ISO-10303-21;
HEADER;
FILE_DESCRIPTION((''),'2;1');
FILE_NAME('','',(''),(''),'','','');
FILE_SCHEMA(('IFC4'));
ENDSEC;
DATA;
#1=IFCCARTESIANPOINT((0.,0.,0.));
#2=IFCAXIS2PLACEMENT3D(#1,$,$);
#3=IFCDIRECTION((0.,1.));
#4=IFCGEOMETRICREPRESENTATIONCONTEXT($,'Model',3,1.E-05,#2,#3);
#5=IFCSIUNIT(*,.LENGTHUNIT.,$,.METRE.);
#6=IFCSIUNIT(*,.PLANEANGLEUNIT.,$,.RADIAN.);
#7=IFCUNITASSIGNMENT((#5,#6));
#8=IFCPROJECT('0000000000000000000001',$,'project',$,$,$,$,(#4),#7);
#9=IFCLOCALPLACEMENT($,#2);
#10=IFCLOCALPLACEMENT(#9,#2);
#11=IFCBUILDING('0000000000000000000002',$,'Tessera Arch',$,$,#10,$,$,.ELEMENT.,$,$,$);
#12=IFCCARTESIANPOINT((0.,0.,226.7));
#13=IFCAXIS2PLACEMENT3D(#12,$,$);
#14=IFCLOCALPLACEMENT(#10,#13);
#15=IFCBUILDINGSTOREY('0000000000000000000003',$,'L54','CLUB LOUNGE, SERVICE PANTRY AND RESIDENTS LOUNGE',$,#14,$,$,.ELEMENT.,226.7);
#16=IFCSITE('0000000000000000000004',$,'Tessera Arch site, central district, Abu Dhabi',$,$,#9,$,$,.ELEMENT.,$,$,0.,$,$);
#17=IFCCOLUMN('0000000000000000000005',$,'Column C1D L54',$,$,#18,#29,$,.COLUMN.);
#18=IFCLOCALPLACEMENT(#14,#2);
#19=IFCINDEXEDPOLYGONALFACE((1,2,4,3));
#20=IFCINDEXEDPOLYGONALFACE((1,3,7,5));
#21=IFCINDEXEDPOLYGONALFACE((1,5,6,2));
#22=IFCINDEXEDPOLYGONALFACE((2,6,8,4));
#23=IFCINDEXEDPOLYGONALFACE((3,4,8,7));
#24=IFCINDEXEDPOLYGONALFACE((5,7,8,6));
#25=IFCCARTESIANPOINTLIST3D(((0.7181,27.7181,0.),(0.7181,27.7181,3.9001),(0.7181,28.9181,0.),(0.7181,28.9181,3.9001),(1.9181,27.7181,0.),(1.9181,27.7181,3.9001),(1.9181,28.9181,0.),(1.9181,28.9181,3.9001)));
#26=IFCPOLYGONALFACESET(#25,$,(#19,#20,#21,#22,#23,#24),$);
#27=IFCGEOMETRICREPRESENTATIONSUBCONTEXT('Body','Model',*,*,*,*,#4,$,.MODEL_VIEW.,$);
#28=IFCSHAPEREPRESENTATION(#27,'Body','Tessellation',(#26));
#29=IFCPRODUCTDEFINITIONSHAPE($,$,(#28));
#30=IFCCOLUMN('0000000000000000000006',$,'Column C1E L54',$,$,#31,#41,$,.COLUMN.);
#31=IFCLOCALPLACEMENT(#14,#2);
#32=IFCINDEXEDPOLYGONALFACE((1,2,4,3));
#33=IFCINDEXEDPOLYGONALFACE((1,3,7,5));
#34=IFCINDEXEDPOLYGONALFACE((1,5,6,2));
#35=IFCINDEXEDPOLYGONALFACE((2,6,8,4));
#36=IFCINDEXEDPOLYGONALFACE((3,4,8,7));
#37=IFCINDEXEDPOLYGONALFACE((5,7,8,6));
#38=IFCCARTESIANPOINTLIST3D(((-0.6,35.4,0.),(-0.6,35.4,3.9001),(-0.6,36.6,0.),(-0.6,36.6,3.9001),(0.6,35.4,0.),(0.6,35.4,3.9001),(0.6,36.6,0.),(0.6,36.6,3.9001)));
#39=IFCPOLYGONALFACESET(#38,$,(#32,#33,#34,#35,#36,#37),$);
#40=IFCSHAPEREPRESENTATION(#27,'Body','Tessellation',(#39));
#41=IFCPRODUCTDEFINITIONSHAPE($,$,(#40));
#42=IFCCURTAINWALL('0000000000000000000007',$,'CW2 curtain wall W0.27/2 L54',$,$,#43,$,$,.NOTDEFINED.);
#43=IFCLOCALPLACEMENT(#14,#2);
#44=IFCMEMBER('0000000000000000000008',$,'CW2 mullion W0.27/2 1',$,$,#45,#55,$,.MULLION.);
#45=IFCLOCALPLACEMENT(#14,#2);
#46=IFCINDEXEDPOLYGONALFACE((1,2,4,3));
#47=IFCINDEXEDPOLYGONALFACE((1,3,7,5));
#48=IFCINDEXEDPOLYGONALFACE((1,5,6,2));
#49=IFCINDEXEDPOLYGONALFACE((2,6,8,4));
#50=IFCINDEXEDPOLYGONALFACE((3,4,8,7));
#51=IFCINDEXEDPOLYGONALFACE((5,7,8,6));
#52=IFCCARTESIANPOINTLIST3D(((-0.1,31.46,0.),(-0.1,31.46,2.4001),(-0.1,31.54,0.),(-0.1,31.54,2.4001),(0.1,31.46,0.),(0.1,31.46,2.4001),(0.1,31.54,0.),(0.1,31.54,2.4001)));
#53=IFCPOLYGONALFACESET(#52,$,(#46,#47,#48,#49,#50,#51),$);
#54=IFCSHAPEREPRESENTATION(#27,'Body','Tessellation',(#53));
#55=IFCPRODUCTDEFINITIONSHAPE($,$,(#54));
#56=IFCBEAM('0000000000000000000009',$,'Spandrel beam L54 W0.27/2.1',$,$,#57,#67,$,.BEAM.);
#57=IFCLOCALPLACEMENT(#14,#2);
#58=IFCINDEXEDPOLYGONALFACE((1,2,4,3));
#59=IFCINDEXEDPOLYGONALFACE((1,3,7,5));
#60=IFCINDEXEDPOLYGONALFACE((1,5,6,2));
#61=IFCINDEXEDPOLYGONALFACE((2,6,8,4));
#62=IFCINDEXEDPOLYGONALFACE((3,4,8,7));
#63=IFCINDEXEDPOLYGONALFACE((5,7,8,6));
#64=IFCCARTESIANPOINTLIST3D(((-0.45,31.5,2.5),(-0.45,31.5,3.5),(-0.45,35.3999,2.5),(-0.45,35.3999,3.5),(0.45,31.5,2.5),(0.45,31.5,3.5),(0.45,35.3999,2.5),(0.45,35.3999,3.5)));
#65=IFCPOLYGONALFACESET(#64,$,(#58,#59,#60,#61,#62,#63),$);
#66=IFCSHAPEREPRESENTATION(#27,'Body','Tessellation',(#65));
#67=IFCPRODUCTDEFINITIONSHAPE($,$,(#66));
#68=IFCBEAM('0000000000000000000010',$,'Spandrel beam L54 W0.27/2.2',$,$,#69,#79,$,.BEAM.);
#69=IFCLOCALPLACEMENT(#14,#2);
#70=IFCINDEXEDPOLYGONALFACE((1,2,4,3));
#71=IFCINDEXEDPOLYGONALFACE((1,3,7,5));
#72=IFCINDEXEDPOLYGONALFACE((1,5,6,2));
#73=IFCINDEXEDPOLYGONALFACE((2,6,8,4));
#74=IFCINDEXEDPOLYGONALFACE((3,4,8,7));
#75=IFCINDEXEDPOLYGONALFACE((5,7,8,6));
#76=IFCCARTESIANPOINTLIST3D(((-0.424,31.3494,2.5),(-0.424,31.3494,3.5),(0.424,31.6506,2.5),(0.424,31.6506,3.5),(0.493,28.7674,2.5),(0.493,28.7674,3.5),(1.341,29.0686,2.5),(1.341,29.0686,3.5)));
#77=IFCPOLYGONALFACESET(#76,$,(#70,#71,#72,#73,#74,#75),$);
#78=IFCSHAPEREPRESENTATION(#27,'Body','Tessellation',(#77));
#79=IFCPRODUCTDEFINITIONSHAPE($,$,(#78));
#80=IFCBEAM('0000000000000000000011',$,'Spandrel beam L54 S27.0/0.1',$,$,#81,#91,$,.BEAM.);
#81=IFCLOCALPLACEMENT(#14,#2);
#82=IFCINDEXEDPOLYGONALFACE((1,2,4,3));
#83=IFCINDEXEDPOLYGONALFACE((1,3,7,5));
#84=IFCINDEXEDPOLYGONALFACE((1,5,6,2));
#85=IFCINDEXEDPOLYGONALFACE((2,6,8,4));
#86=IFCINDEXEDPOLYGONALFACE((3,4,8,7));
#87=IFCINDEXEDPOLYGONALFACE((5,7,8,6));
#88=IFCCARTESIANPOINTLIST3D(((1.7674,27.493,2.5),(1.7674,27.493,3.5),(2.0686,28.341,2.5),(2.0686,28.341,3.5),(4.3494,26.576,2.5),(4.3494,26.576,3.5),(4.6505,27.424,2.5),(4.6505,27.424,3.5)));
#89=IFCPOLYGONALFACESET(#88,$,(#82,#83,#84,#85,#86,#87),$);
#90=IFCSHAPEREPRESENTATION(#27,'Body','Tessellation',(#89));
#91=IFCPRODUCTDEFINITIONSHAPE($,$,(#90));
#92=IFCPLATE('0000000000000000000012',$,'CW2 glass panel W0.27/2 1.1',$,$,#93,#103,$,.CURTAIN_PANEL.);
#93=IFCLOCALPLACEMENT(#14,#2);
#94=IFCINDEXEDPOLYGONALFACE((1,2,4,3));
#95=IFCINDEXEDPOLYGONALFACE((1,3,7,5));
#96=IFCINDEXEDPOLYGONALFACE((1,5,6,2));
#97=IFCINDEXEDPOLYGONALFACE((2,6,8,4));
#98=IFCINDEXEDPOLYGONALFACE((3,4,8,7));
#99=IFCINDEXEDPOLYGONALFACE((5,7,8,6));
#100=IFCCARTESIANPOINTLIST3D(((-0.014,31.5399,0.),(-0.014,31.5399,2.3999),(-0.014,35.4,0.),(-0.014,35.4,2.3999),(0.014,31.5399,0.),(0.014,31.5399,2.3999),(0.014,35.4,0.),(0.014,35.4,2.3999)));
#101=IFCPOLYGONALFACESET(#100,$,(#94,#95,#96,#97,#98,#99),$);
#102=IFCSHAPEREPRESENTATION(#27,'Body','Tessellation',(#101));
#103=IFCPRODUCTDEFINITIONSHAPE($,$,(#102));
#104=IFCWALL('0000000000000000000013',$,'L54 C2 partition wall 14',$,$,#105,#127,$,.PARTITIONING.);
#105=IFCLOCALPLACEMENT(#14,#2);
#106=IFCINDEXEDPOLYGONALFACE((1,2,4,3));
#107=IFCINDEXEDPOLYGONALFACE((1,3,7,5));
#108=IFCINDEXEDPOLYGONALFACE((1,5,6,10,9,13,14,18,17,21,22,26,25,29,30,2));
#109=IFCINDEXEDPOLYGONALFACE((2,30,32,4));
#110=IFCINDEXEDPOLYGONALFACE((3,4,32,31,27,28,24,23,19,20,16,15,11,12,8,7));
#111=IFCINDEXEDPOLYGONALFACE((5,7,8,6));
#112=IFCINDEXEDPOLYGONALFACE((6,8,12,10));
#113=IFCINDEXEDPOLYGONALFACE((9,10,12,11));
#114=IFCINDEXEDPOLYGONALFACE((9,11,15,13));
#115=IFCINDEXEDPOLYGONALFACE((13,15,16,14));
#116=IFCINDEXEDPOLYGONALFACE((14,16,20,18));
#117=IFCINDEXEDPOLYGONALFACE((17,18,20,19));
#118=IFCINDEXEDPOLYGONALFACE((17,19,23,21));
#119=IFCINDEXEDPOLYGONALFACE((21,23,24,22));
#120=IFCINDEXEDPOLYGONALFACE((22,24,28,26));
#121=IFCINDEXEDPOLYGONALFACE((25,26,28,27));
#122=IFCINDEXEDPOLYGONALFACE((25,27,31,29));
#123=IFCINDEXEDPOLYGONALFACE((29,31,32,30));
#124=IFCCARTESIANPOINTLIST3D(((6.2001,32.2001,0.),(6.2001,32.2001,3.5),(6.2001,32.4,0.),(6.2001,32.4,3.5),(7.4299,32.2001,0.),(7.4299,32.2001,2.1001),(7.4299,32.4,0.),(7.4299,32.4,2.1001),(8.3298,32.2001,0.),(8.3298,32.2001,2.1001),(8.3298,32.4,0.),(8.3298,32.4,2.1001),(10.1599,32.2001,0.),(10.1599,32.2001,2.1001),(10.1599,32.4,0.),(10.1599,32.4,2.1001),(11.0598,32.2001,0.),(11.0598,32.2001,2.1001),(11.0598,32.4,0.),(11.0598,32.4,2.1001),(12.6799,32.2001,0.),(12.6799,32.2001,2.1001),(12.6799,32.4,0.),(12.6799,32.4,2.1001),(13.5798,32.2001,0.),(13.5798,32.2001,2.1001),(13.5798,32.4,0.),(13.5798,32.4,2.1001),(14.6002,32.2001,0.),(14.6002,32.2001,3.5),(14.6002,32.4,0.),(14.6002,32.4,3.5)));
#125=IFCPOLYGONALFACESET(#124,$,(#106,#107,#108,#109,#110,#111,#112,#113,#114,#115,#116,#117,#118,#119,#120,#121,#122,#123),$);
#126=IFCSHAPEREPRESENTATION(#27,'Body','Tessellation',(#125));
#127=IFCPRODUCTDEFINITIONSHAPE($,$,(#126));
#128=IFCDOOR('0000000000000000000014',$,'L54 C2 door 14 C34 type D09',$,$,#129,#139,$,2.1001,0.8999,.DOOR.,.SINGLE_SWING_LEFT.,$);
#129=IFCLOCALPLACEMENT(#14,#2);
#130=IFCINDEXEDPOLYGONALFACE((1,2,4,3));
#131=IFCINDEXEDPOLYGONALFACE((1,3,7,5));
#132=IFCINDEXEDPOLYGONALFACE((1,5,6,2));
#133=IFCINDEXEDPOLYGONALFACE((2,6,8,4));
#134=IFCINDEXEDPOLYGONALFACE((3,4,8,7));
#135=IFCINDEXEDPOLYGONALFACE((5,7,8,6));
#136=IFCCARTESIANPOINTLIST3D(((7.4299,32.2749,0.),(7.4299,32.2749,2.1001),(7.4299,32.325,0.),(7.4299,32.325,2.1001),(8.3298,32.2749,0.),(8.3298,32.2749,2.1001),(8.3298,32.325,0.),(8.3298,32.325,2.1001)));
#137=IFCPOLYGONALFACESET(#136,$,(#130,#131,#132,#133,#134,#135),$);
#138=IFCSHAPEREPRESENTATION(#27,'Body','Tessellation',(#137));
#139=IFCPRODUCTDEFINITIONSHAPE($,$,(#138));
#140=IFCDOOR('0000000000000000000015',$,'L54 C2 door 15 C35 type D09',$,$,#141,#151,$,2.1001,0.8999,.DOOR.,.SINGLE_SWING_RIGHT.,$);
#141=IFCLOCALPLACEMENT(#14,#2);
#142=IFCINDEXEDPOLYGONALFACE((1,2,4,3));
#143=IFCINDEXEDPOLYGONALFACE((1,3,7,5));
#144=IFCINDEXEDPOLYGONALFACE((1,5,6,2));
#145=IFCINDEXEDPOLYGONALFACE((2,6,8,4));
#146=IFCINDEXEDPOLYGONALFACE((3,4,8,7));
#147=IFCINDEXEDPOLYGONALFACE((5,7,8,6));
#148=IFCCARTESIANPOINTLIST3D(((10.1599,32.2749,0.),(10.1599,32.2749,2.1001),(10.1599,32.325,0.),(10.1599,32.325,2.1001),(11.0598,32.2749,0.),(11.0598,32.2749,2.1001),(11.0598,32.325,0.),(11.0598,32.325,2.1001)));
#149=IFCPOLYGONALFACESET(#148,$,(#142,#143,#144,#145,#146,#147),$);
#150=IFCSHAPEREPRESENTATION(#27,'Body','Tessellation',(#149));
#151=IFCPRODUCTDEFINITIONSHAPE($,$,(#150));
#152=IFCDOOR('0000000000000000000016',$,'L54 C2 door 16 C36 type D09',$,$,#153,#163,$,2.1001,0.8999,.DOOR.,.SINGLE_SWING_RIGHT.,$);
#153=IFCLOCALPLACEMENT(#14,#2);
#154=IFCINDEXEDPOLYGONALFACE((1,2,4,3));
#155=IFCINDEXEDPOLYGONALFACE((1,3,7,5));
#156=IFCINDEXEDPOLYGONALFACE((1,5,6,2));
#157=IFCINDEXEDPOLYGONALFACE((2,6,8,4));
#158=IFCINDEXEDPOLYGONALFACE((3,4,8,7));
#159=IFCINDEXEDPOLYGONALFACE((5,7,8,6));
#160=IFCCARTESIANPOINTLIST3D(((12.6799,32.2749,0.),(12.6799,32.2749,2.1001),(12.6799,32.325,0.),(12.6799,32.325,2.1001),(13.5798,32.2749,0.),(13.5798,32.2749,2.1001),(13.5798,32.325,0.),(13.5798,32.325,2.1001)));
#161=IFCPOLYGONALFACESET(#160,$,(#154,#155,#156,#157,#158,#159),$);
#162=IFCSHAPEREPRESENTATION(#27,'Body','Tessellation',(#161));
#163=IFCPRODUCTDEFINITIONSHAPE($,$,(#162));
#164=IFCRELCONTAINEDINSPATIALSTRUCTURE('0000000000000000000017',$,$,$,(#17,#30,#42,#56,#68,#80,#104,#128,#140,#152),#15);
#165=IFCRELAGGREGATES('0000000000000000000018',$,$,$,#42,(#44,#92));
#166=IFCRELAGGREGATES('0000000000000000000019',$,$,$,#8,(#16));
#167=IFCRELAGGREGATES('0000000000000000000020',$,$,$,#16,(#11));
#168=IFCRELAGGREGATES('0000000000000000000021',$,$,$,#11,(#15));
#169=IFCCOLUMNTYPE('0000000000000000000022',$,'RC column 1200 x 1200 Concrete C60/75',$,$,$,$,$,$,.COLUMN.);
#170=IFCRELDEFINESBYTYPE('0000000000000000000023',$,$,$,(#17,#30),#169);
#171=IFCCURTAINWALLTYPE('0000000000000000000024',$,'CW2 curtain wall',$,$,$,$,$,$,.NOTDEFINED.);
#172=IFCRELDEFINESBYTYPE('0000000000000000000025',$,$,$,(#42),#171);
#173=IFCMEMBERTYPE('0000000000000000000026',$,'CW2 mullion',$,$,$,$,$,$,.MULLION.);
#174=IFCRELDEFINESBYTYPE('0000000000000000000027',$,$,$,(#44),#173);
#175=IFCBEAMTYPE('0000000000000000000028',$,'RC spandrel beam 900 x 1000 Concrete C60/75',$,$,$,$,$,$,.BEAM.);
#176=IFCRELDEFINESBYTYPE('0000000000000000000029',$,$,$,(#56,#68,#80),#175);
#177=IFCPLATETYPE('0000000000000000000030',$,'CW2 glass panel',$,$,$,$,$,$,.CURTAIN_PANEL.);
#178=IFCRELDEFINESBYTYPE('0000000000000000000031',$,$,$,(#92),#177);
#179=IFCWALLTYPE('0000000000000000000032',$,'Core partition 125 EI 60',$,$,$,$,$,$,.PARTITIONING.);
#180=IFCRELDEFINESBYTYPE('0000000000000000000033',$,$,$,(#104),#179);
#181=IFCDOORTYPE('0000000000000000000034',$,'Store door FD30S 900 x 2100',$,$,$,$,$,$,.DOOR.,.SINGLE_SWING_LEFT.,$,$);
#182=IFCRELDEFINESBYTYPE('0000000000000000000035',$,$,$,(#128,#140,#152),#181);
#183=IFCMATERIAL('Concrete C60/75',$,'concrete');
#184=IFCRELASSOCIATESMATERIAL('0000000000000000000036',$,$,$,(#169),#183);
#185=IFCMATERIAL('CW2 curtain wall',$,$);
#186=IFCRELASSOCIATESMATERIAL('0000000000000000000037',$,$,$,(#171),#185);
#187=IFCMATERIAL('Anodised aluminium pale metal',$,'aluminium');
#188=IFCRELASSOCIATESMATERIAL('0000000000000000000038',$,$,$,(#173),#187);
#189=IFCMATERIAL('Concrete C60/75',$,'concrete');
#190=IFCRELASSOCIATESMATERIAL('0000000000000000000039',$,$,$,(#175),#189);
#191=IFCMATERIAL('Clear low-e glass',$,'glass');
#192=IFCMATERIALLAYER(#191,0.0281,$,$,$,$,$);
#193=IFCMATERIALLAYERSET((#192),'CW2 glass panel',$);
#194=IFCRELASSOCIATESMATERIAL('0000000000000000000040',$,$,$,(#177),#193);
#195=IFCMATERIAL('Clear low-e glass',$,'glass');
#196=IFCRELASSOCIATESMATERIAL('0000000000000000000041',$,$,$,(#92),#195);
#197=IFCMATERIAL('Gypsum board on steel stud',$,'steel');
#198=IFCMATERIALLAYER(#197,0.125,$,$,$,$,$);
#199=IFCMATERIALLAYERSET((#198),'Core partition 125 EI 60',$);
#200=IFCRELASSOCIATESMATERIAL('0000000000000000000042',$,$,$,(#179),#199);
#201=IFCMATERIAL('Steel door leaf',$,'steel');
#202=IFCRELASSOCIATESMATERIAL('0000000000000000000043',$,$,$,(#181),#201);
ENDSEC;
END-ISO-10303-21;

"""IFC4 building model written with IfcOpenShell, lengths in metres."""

from ifc_helpers import new_model, si_unit, direction, frame, frame_2d, origin, origin_2d, place, context, subcontext, project, spatial, rectangle, extrude, material, layer, layer_set, material_profile, profile_set, type_object, element, fill, aggregate, save


model = new_model("IFC4")

# Units and contexts
model_context = context("Model", 3, precision=1e-05, world=origin(), true_north=direction((0.0, 1.0)))
body_context = subcontext(model_context, "Body", "Model", "MODEL_VIEW")
ifc_project = project(units=[si_unit("LENGTHUNIT", "METRE"), si_unit("PLANEANGLEUNIT", "RADIAN")], contexts=[model_context])

# Site, building, storey
site_placement = place(None, origin())
site = spatial("IfcSite", under=ifc_project, at=site_placement, Name="Tessera Arch site, central district, Abu Dhabi", CompositionType="ELEMENT", RefElevation=0.0)
building_placement = place(site_placement, origin())
building = spatial("IfcBuilding", under=site, at=building_placement, Name="Tessera Arch", CompositionType="ELEMENT")
storey_placement = place(building_placement, frame((0.0, 0.0, 226.7)))
storey = spatial("IfcBuildingStorey", under=building, at=storey_placement, Name="L54", Description="CLUB LOUNGE, SERVICE PANTRY AND RESIDENTS LOUNGE", CompositionType="ELEMENT", Elevation=226.7)

# Columns
ifc_material_1 = material(Name="Concrete C60/75", Category="concrete")
ifc_material_profile_1 = material_profile(ifc_material_1, rectangle(XDim=1.2, YDim=1.2, at=origin_2d()), Name="RC column 1200 x 1200 Concrete C60/75")
ifc_profile_set_1 = profile_set([ifc_material_profile_1], Name="Concrete C60/75")
column_type = type_object("IfcColumnType", Name="RC column 1200 x 1200 Concrete C60/75", PredefinedType="COLUMN", material=ifc_profile_set_1)
for number, where, z_axis, x_axis, name in (
    (1, (1.3181, 28.3181, 0.0), (0.0, 0.0, 1.0), (1.0, 0.0, 0.0), "Column C1D L54"),
    (2, (0.0, 36.0, 0.0), (0.0, 0.0, 1.0), (1.0, 0.0, 0.0), "Column C1E L54"),
):
    element("IfcColumn", number, at=place(storey_placement, frame(where, z_axis=z_axis, x_axis=x_axis)), inside=storey, type_object=column_type, Name=name, PredefinedType="COLUMN", context=body_context, shape_type="SweptSolid", body=[
        extrude(rectangle(XDim=1.2, YDim=1.2, at=origin_2d()), origin(), (0.0, 0.0, 1.0), 3.9001),
    ])

# Curtain wall, member
ifc_material_2 = material(Name="CW2 curtain wall")
curtain_wall_type = type_object("IfcCurtainWallType", Name="CW2 curtain wall", PredefinedType="NOTDEFINED", material=ifc_material_2)
curtain_wall_placement = place(storey_placement, origin())
curtain_wall = element("IfcCurtainWall", 3, at=curtain_wall_placement, inside=storey, type_object=curtain_wall_type, Name="CW2 curtain wall W0.27/2 L54", PredefinedType="NOTDEFINED")
ifc_material_3 = material(Name="Anodised aluminium pale metal", Category="aluminium")
ifc_material_profile_2 = material_profile(ifc_material_3, rectangle(XDim=0.2, YDim=0.0801, at=origin_2d()), Name="AL 80x200")
ifc_profile_set_2 = profile_set([ifc_material_profile_2], Name="Anodised aluminium pale metal")
member_type = type_object("IfcMemberType", Name="CW2 mullion", PredefinedType="MULLION", material=ifc_profile_set_2)
member_placement = place(storey_placement, frame((0.0, 31.5, 0.0), z_axis=(0.0, 0.0, 1.0), x_axis=(1.0, 0.0, 0.0)))
member = element("IfcMember", 4, at=member_placement, type_object=member_type, Name="CW2 mullion W0.27/2 1", PredefinedType="MULLION", context=body_context, shape_type="SweptSolid", body=[
    extrude(rectangle(XDim=0.2, YDim=0.0801, at=origin_2d()), origin(), (0.0, 0.0, 1.0), 2.4001),
])

# Beams
ifc_material_4 = material(Name="Concrete C60/75", Category="concrete")
ifc_material_profile_3 = material_profile(ifc_material_4, rectangle(XDim=0.8999, YDim=1.0, at=origin_2d()), Name="RC spandrel beam 900 x 1000 Concrete C60/75")
ifc_profile_set_3 = profile_set([ifc_material_profile_3], Name="Concrete C60/75")
beam_type = type_object("IfcBeamType", Name="RC spandrel beam 900 x 1000 Concrete C60/75", PredefinedType="BEAM", material=ifc_profile_set_3)
beam_placement = place(storey_placement, frame((0.0, 35.3999, 3.0), z_axis=(0.0, -1.0, 0.0), x_axis=(1.0, 0.0, 0.0)))
element("IfcBeam", 5, at=beam_placement, inside=storey, type_object=beam_type, Name="Spandrel beam L54 W0.27/2.1", PredefinedType="BEAM", context=body_context, shape_type="SweptSolid", body=[
    extrude(rectangle(XDim=0.8999, YDim=1.0, at=origin_2d()), origin(), (0.0, 0.0, 1.0), 3.8999),
])
for number, where, z_axis, x_axis, name in (
    (6, (0.0, 31.5, 3.0), (0.334665, -0.942337, 0.0), (0.942337, 0.334665, 0.0), "Spandrel beam L54 W0.27/2.2"),
    (7, (1.918, 27.917, 3.0), (0.942337, -0.334665, 0.0), (0.334665, 0.942337, 0.0), "Spandrel beam L54 S27.0/0.1"),
):
    element("IfcBeam", number, at=place(storey_placement, frame(where, z_axis=z_axis, x_axis=x_axis)), inside=storey, type_object=beam_type, Name=name, PredefinedType="BEAM", context=body_context, shape_type="SweptSolid", body=[
        extrude(rectangle(XDim=0.8999, YDim=1.0, at=origin_2d()), origin(), (0.0, 0.0, 1.0), 2.74),
    ])

# Plate
ifc_material_5 = material(Name="Clear low-e glass", Category="glass")
ifc_material_6 = material(Name="Clear low-e glass", Category="glass")
ifc_layer_1 = layer(ifc_material_6, 0.0281)
ifc_layer_set_1 = layer_set([ifc_layer_1], Name="CW2 glass panel")
plate_type = type_object("IfcPlateType", Name="CW2 glass panel", PredefinedType="CURTAIN_PANEL", material=ifc_layer_set_1)
plate_placement = place(storey_placement, frame((0.0, 33.47, 0.0), z_axis=(0.0, 0.0, 1.0), x_axis=(0.0, -1.0, 0.0)))
plate = element("IfcPlate", 8, at=plate_placement, type_object=plate_type, material=ifc_material_5, Name="CW2 glass panel W0.27/2 1.1", PredefinedType="CURTAIN_PANEL", context=body_context, shape_type="SweptSolid", body=[
    extrude(rectangle(XDim=3.8601, YDim=0.0281, at=origin_2d()), origin(), (0.0, 0.0, 1.0), 2.3999),
])
aggregate(curtain_wall, [member, plate])

# Wall, openings, doors
ifc_material_7 = material(Name="Gypsum board on steel stud", Category="steel")
ifc_layer_2 = layer(ifc_material_7, 0.125)
ifc_layer_set_2 = layer_set([ifc_layer_2], Name="Core partition 125 EI 60")
wall_type_1 = type_object("IfcWallType", Name="Core partition 125 EI 60", PredefinedType="PARTITIONING", material=ifc_layer_set_2)
wall_1_placement = place(storey_placement, frame((6.2, 32.3, 0.0), z_axis=(0.0, 0.0, 1.0), x_axis=(1.0, 0.0, 0.0)))
wall_1 = element("IfcWall", 9, at=wall_1_placement, inside=storey, type_object=wall_type_1, Name="L54 C2 partition wall 14", PredefinedType="PARTITIONING", context=body_context, shape_type="SweptSolid", body=[
    extrude(rectangle(XDim=8.4001, YDim=0.2, at=frame_2d((4.2002, 0.0))), origin(), (0.0, 0.0, 1.0), 3.5),
])
opening_1_placement = place(wall_1_placement, frame((1.23, 0.0, 0.0)))
opening_1 = element("IfcOpeningElement", 10, at=opening_1_placement, cuts=wall_1, PredefinedType="OPENING", context=body_context, shape_type="SweptSolid", body=[
    extrude(rectangle(XDim=0.8999, YDim=2.1001, at=frame_2d((0.45, 1.05))), frame((0.0, 0.1099, 0.0), z_axis=(0.0, -1.0, 0.0), x_axis=(1.0, 0.0, 0.0)), (0.0, 0.0, 1.0), 0.22),
])
opening_2_placement = place(wall_1_placement, frame((3.96, 0.0, 0.0)))
opening_2 = element("IfcOpeningElement", 11, at=opening_2_placement, cuts=wall_1, PredefinedType="OPENING", context=body_context, shape_type="SweptSolid", body=[
    extrude(rectangle(XDim=0.8999, YDim=2.1001, at=frame_2d((0.45, 1.05))), frame((0.0, 0.1099, 0.0), z_axis=(0.0, -1.0, 0.0), x_axis=(1.0, 0.0, 0.0)), (0.0, 0.0, 1.0), 0.22),
])
opening_3_placement = place(wall_1_placement, frame((6.48, 0.0, 0.0)))
opening_3 = element("IfcOpeningElement", 12, at=opening_3_placement, cuts=wall_1, PredefinedType="OPENING", context=body_context, shape_type="SweptSolid", body=[
    extrude(rectangle(XDim=0.8999, YDim=2.1001, at=frame_2d((0.45, 1.05))), frame((0.0, 0.1099, 0.0), z_axis=(0.0, -1.0, 0.0), x_axis=(1.0, 0.0, 0.0)), (0.0, 0.0, 1.0), 0.22),
])
ifc_material_8 = material(Name="Steel door leaf", Category="steel")
door_type_1 = type_object("IfcDoorType", Name="Store door FD30S 900 x 2100", OperationType="SINGLE_SWING_LEFT", PredefinedType="DOOR", material=ifc_material_8)
door_1_placement = place(opening_1_placement, origin())
door_1 = element("IfcDoor", 13, at=door_1_placement, inside=storey, type_object=door_type_1, Name="L54 C2 door 14 C34 type D09", OperationType="SINGLE_SWING_LEFT", OverallHeight=2.1001, OverallWidth=0.8999, PredefinedType="DOOR", context=body_context, shape_type="SweptSolid", body=[
    extrude(rectangle(XDim=0.8999, YDim=2.1001, at=frame_2d((0.45, 1.05))), frame((0.0, 0.0249, 0.0), z_axis=(0.0, -1.0, 0.0), x_axis=(1.0, 0.0, 0.0)), (0.0, 0.0, 1.0), 0.05),
])
fill(opening_1, door_1)
door_2_placement = place(opening_2_placement, origin())
door_2 = element("IfcDoor", 14, at=door_2_placement, inside=storey, type_object=door_type_1, Name="L54 C2 door 15 C35 type D09", OperationType="SINGLE_SWING_RIGHT", OverallHeight=2.1001, OverallWidth=0.8999, PredefinedType="DOOR", context=body_context, shape_type="SweptSolid", body=[
    extrude(rectangle(XDim=0.8999, YDim=2.1001, at=frame_2d((0.45, 1.05))), frame((0.0, 0.0249, 0.0), z_axis=(0.0, -1.0, 0.0), x_axis=(1.0, 0.0, 0.0)), (0.0, 0.0, 1.0), 0.05),
])
fill(opening_2, door_2)
door_3_placement = place(opening_3_placement, origin())
door_3 = element("IfcDoor", 15, at=door_3_placement, inside=storey, type_object=door_type_1, Name="L54 C2 door 16 C36 type D09", OperationType="SINGLE_SWING_RIGHT", OverallHeight=2.1001, OverallWidth=0.8999, PredefinedType="DOOR", context=body_context, shape_type="SweptSolid", body=[
    extrude(rectangle(XDim=0.8999, YDim=2.1001, at=frame_2d((0.45, 1.05))), frame((0.0, 0.0249, 0.0), z_axis=(0.0, -1.0, 0.0), x_axis=(1.0, 0.0, 0.0)), (0.0, 0.0, 1.0), 0.05),
])
fill(opening_3, door_3)

save(model, "model.ifc")
